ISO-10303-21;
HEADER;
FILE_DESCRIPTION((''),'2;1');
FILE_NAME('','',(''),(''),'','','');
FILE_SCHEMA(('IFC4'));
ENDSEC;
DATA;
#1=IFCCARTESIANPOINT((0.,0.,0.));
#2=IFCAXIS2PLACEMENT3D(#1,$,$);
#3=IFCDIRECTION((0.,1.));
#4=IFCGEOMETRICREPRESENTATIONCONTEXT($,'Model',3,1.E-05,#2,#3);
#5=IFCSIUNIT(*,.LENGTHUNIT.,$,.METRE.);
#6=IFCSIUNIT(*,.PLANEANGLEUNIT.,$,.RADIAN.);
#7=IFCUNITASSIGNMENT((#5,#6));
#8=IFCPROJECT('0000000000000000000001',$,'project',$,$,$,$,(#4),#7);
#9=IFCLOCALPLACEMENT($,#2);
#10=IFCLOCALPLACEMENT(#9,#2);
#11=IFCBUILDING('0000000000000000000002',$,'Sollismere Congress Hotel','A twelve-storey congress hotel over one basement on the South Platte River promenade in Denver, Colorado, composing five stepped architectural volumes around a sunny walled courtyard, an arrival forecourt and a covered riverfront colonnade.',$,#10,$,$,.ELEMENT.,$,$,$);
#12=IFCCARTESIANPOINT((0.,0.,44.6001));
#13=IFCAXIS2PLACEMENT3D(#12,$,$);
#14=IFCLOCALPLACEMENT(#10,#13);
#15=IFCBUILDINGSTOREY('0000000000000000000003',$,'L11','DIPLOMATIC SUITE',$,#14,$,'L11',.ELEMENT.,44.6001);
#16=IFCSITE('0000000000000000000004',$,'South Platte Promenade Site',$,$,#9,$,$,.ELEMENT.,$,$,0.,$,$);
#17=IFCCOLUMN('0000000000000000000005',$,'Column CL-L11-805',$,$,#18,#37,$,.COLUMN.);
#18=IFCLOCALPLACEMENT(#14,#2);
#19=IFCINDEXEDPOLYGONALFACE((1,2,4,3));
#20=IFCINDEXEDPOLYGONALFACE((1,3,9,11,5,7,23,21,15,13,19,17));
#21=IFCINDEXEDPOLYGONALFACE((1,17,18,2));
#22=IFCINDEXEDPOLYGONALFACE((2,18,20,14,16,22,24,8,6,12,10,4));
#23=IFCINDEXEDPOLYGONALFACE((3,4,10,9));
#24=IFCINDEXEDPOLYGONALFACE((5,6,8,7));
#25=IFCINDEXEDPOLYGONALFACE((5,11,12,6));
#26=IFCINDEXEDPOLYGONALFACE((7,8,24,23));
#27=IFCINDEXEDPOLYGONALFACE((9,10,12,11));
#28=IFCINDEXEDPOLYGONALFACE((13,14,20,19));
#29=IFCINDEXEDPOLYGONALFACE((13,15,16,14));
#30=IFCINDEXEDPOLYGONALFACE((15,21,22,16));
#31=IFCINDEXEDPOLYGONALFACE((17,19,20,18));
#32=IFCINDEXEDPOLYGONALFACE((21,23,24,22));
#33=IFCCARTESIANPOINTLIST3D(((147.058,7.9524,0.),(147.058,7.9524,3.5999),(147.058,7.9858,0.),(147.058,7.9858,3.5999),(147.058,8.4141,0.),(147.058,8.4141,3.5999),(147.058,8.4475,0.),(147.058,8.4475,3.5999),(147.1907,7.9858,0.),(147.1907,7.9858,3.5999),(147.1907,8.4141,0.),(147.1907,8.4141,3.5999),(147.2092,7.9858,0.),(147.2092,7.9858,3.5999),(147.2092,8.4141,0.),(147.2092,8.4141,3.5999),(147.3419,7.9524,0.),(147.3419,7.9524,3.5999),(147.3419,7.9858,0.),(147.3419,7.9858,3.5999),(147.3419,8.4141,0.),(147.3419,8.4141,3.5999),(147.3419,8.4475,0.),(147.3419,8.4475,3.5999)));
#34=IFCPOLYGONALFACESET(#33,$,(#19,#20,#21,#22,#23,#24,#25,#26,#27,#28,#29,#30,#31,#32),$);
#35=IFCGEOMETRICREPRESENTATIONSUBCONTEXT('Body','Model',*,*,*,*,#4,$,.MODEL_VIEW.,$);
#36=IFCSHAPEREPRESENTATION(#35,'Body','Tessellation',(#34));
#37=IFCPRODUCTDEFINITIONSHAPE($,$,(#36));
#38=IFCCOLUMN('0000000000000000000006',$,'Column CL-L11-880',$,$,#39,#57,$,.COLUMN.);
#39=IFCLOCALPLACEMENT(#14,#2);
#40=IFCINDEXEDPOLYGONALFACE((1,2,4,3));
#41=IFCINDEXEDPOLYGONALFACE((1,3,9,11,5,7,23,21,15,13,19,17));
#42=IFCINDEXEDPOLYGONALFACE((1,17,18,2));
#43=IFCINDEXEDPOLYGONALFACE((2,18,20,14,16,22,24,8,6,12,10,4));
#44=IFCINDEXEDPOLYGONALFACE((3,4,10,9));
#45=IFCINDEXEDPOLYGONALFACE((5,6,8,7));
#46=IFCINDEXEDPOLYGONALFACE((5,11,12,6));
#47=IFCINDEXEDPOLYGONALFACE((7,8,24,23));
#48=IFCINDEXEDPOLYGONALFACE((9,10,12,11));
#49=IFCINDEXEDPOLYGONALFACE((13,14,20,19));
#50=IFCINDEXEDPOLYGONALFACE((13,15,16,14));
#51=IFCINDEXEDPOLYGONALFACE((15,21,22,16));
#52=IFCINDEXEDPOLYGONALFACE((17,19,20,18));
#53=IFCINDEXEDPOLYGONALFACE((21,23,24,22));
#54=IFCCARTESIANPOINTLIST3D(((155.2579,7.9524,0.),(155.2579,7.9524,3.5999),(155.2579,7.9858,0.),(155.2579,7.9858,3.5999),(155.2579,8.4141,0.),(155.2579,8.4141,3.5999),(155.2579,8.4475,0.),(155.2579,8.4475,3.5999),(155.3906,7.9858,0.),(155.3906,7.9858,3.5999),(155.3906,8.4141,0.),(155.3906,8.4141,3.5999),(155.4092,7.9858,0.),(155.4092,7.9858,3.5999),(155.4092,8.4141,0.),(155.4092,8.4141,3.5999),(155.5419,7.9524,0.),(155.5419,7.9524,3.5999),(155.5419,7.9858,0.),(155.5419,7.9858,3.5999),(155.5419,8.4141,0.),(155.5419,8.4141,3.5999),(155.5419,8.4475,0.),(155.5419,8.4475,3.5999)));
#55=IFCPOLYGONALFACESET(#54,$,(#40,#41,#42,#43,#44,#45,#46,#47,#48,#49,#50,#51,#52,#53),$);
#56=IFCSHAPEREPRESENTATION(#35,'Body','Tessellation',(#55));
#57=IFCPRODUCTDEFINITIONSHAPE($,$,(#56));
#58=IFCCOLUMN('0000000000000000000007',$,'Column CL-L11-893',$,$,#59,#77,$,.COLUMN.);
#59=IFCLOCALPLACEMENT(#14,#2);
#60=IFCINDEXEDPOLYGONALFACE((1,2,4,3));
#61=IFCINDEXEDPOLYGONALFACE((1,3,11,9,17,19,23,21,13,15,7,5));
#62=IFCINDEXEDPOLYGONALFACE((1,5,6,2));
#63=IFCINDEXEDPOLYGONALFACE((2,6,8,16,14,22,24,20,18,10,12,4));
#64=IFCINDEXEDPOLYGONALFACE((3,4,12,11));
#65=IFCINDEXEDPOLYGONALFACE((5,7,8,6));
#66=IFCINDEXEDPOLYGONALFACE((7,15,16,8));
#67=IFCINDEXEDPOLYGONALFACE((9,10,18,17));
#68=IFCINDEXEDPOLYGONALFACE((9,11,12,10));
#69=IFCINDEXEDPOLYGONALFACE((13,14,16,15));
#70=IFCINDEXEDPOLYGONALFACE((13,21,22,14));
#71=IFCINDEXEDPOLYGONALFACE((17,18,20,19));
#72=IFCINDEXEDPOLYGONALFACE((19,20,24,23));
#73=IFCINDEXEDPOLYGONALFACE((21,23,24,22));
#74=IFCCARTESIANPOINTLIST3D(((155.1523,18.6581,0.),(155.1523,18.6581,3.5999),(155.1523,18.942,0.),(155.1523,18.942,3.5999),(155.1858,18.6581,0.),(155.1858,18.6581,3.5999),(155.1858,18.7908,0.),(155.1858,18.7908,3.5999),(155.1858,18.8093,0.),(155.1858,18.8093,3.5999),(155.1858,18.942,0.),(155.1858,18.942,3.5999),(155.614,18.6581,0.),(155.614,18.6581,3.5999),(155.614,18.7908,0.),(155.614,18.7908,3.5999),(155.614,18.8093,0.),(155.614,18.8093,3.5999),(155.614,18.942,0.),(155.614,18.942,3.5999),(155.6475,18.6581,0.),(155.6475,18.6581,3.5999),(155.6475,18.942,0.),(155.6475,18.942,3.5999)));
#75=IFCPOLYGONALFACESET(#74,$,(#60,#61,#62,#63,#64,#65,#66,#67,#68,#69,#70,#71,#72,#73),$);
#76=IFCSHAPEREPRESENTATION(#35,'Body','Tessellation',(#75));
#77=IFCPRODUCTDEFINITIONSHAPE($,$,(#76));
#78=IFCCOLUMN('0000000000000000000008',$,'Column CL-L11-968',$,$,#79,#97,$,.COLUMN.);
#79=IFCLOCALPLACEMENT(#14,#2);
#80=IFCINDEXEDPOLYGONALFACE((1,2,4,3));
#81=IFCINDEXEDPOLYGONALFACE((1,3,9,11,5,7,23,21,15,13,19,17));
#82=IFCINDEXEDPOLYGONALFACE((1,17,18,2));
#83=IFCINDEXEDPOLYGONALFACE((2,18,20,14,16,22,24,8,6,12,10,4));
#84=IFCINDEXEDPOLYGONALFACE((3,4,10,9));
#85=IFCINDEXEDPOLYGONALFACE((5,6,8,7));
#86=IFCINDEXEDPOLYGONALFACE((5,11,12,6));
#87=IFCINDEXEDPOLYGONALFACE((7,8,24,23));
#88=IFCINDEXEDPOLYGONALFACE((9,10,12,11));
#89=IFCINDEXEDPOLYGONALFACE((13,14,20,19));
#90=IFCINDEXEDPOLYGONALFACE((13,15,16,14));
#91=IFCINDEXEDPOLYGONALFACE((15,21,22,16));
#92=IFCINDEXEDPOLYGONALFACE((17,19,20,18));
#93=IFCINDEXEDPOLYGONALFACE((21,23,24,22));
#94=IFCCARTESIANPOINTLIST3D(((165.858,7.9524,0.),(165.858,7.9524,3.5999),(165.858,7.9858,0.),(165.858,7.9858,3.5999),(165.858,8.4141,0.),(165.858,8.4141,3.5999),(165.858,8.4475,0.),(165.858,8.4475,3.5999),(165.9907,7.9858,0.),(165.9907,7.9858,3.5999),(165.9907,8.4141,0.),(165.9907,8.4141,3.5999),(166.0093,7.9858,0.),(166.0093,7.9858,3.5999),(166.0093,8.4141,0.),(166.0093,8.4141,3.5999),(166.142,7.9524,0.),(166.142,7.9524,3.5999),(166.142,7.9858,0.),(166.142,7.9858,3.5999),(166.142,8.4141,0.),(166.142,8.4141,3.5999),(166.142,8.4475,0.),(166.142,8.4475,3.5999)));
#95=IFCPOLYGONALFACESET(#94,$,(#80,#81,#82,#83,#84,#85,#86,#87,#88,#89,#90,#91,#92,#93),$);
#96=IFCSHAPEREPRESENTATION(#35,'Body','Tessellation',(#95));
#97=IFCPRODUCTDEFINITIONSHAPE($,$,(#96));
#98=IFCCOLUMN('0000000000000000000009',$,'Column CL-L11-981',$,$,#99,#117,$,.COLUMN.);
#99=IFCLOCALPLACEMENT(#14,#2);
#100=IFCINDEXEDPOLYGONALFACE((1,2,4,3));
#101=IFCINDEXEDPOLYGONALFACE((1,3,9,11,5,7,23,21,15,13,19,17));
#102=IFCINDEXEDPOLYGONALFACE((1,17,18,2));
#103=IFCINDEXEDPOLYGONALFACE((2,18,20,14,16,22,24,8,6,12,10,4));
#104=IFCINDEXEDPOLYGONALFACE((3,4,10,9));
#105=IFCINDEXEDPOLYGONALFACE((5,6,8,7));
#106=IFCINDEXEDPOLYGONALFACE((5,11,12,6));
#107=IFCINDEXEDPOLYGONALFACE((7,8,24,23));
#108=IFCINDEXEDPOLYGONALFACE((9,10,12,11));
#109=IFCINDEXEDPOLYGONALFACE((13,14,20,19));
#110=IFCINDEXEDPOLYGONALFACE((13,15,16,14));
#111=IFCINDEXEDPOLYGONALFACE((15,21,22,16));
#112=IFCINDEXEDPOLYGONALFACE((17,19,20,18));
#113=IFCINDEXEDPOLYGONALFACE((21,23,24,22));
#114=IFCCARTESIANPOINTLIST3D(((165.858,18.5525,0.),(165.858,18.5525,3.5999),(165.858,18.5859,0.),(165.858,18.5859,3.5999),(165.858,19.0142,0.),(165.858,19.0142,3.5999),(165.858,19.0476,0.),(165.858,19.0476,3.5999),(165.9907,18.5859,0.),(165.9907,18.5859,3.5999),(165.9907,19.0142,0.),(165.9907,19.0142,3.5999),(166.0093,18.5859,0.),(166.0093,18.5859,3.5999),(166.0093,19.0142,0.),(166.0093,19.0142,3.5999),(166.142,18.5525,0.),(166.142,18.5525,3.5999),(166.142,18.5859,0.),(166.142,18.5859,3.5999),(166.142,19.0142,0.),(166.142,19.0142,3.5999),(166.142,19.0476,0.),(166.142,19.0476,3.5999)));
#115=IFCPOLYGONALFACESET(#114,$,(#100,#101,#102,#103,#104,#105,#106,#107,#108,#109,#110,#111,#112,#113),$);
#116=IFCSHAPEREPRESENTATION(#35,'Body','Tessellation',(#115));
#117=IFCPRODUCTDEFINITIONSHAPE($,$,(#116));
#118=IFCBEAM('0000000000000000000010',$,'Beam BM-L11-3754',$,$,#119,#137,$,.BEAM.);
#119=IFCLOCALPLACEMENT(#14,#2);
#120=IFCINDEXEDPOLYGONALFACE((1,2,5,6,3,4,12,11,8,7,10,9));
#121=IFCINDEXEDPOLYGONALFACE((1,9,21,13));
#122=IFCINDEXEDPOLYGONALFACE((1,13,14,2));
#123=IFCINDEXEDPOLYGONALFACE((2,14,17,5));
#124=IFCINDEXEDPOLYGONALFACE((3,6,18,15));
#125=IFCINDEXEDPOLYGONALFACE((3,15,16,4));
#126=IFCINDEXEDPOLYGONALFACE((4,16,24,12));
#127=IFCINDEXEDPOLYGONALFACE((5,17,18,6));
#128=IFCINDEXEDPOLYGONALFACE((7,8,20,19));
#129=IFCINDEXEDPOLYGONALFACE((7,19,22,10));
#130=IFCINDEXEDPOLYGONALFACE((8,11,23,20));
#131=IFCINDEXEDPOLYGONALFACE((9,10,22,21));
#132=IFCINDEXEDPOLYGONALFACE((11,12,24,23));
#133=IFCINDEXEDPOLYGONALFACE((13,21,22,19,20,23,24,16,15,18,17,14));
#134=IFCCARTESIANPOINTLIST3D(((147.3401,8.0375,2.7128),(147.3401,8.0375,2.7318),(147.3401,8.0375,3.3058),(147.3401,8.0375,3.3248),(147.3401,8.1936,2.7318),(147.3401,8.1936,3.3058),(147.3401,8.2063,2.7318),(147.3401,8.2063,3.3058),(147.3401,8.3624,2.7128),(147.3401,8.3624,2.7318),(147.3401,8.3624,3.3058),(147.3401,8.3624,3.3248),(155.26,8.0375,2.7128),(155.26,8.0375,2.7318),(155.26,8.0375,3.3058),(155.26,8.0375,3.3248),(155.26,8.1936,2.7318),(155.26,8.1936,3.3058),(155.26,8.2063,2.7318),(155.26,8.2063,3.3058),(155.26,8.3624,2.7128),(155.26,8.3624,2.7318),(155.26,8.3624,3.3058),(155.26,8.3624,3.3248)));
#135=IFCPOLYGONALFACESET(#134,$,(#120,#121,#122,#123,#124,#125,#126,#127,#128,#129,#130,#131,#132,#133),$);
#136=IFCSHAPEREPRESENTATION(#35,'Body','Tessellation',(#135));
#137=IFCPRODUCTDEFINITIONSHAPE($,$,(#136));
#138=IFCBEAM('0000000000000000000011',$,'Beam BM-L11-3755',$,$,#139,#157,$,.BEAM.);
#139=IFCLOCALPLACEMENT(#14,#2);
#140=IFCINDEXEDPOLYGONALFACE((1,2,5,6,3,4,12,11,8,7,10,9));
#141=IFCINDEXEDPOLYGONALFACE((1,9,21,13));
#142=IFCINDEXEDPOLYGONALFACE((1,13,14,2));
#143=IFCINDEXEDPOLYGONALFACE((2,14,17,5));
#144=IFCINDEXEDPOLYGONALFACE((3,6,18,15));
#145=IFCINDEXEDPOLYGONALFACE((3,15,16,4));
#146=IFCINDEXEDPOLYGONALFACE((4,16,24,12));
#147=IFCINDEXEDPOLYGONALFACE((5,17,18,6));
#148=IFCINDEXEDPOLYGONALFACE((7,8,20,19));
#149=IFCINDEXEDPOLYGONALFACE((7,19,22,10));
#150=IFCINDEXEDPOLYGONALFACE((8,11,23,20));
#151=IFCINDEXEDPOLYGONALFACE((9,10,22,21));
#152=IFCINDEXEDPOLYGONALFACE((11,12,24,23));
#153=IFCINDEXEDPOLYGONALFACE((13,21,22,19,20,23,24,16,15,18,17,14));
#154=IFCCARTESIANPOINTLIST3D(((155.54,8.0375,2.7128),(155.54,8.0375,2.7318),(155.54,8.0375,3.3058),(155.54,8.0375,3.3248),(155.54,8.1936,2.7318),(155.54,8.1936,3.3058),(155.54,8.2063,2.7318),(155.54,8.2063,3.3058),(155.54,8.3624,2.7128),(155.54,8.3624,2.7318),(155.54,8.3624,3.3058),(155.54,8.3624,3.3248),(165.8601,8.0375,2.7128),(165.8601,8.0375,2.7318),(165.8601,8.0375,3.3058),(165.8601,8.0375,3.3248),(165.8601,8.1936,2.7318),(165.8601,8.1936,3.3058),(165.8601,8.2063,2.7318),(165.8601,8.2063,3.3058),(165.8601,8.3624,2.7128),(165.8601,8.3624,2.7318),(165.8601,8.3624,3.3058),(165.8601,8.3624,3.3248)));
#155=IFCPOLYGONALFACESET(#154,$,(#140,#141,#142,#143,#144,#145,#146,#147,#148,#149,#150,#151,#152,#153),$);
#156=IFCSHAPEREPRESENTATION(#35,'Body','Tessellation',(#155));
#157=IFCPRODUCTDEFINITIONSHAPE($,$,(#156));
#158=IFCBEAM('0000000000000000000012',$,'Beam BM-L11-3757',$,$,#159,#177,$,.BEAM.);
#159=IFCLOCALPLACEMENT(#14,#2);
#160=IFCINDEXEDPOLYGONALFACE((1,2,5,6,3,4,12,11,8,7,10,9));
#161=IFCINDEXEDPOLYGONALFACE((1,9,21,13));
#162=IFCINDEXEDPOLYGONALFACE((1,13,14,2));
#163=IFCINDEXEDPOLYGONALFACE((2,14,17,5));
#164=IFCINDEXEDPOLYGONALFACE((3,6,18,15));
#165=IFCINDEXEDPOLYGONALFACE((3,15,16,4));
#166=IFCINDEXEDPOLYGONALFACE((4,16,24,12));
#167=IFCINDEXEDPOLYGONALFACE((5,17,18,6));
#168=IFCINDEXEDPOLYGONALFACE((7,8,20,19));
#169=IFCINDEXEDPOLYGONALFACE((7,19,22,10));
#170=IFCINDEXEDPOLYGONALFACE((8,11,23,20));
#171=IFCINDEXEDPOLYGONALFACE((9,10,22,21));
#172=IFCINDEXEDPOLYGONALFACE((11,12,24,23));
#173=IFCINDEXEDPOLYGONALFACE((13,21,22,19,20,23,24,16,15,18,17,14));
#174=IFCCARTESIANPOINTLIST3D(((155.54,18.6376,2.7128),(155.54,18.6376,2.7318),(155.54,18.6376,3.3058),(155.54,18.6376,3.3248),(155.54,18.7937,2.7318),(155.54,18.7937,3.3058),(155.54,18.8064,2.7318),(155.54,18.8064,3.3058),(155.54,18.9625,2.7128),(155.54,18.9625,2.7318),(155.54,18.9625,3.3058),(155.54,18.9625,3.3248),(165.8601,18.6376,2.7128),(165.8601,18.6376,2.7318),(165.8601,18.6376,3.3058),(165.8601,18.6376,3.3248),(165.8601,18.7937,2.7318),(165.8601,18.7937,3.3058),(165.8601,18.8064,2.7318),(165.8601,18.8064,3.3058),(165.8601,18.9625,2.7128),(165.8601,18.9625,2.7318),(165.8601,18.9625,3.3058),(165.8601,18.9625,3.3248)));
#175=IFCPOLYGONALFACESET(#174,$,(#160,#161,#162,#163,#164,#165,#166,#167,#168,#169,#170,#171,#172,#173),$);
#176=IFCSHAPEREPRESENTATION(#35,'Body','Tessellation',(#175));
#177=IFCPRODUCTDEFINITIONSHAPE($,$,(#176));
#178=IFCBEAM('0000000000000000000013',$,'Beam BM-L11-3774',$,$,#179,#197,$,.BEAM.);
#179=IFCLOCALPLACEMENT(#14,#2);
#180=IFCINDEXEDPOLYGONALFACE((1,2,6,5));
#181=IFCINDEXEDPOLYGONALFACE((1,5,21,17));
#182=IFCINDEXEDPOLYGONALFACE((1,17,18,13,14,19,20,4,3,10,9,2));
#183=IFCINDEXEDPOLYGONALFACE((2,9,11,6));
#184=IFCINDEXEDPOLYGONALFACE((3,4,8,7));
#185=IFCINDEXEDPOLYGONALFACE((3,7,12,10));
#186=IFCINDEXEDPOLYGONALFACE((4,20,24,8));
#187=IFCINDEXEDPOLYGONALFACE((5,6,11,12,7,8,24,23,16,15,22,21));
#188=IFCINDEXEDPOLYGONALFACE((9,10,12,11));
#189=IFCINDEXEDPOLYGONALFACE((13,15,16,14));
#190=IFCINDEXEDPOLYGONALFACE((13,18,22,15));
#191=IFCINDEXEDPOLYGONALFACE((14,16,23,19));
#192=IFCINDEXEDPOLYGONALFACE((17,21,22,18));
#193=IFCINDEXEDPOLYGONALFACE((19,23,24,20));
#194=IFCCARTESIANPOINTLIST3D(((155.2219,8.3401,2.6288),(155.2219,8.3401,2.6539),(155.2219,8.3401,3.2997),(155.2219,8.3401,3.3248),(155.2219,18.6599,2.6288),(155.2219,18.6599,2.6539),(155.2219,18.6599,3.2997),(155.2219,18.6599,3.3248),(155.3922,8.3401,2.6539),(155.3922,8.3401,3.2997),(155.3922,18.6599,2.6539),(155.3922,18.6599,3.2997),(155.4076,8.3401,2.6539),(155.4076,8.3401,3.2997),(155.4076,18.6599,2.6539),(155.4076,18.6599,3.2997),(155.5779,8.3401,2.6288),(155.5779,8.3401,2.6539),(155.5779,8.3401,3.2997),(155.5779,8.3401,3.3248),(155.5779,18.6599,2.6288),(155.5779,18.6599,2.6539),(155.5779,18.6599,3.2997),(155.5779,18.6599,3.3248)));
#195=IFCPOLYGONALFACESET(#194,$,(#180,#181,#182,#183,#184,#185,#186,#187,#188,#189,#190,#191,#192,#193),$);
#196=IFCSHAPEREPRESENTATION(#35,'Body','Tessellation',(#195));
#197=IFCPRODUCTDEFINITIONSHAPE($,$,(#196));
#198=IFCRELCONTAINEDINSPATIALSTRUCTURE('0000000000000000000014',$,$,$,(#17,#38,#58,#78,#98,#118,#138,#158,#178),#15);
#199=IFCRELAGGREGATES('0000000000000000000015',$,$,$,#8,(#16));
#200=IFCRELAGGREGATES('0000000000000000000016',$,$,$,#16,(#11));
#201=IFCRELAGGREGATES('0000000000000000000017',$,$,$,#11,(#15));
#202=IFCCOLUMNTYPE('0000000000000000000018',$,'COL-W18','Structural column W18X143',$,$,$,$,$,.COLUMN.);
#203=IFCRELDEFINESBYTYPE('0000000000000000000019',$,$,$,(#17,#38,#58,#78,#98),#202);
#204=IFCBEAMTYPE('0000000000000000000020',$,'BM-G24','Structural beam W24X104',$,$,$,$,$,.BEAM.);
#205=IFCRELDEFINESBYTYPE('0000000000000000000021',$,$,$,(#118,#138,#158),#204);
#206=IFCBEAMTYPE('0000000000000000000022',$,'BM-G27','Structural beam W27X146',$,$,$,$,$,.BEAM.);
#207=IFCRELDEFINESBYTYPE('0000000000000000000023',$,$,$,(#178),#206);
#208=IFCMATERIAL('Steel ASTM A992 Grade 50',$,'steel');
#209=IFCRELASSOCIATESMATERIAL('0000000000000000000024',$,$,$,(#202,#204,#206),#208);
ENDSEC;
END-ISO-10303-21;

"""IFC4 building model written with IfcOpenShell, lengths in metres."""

from ifc_helpers import new_model, si_unit, direction, frame, origin, origin_2d, place, context, subcontext, project, spatial, i_section, extrude, material, material_profile, profile_set, type_object, element, save


model = new_model("IFC4")

# Units and contexts
model_context = context("Model", 3, precision=1e-05, world=origin(), true_north=direction((0.0, 1.0)))
body_context = subcontext(model_context, "Body", "Model", "MODEL_VIEW")
ifc_project = project(units=[si_unit("LENGTHUNIT", "METRE"), si_unit("PLANEANGLEUNIT", "RADIAN")], contexts=[model_context])

# Site, building, storey
site_placement = place(None, origin())
site = spatial("IfcSite", under=ifc_project, at=site_placement, Name="South Platte Promenade Site", CompositionType="ELEMENT", RefElevation=0.0)
building_placement = place(site_placement, origin())
building = spatial("IfcBuilding", under=site, at=building_placement, Name="Sollismere Congress Hotel", Description="A twelve-storey congress hotel over one basement on the South Platte River promenade in Denver, Colorado, composing five stepped architectural volumes around a sunny walled courtyard, an arrival forecourt and a covered riverfront colonnade.", CompositionType="ELEMENT")
storey_placement = place(building_placement, frame((0.0, 0.0, 44.6001)))
storey = spatial("IfcBuildingStorey", under=building, at=storey_placement, Name="L11", Description="DIPLOMATIC SUITE", LongName="L11", CompositionType="ELEMENT", Elevation=44.6001)

# Columns
ifc_material_1 = material(Name="Steel ASTM A992 Grade 50", Category="steel")
ifc_material_profile_1 = material_profile(ifc_material_1, i_section(OverallWidth=0.2839, OverallDepth=0.4951, WebThickness=0.0186, FlangeThickness=0.0334, at=origin_2d()), Name="W18X143")
ifc_profile_set_1 = profile_set([ifc_material_profile_1], Name="Steel ASTM A992 Grade 50")
column_type = type_object("IfcColumnType", Name="COL-W18", Description="Structural column W18X143", PredefinedType="COLUMN", material=ifc_profile_set_1)
for number, where, z_axis, x_axis, name in (
    (1, (147.2, 8.2, 0.0), (0.0, 0.0, 1.0), (1.0, 0.0, 0.0), "Column CL-L11-805"),
    (2, (155.3999, 8.2, 0.0), (0.0, 0.0, 1.0), (1.0, 0.0, 0.0), "Column CL-L11-880"),
    (3, (155.3999, 18.8, 0.0), (0.0, 0.0, 1.0), (0.0, 1.0, 0.0), "Column CL-L11-893"),
    (4, (166.0, 8.2, 0.0), (0.0, 0.0, 1.0), (1.0, 0.0, 0.0), "Column CL-L11-968"),
    (5, (166.0, 18.8, 0.0), (0.0, 0.0, 1.0), (1.0, 0.0, 0.0), "Column CL-L11-981"),
):
    element("IfcColumn", number, at=place(storey_placement, frame(where, z_axis=z_axis, x_axis=x_axis)), inside=storey, type_object=column_type, Name=name, PredefinedType="COLUMN", context=body_context, shape_type="SweptSolid", body=[
        extrude(i_section(OverallWidth=0.2839, OverallDepth=0.4951, WebThickness=0.0186, FlangeThickness=0.0334, at=origin_2d()), origin(), (0.0, 0.0, 1.0), 3.5999),
    ])

# Beams
ifc_material_profile_2 = material_profile(ifc_material_1, i_section(OverallWidth=0.325, OverallDepth=0.6121, WebThickness=0.0127, FlangeThickness=0.019, at=origin_2d()), Name="W24X104")
ifc_profile_set_2 = profile_set([ifc_material_profile_2], Name="Steel ASTM A992 Grade 50")
beam_type_1 = type_object("IfcBeamType", Name="BM-G24", Description="Structural beam W24X104", PredefinedType="BEAM", material=ifc_profile_set_2)
beam_1_placement = place(storey_placement, frame((147.3401, 8.2, 3.0188), z_axis=(1.0, 0.0, 0.0), x_axis=(0.0, 1.0, 0.0)))
element("IfcBeam", 6, at=beam_1_placement, inside=storey, type_object=beam_type_1, Name="Beam BM-L11-3754", PredefinedType="BEAM", context=body_context, shape_type="SweptSolid", body=[
    extrude(i_section(OverallWidth=0.325, OverallDepth=0.6121, WebThickness=0.0127, FlangeThickness=0.019, at=origin_2d()), origin(), (0.0, 0.0, 1.0), 7.9199),
])
for number, where, z_axis, x_axis, name in (
    (7, (155.54, 8.2, 3.0188), (1.0, 0.0, 0.0), (0.0, 1.0, 0.0), "Beam BM-L11-3755"),
    (8, (155.54, 18.8, 3.0188), (1.0, 0.0, 0.0), (0.0, 1.0, 0.0), "Beam BM-L11-3757"),
):
    element("IfcBeam", number, at=place(storey_placement, frame(where, z_axis=z_axis, x_axis=x_axis)), inside=storey, type_object=beam_type_1, Name=name, PredefinedType="BEAM", context=body_context, shape_type="SweptSolid", body=[
        extrude(i_section(OverallWidth=0.325, OverallDepth=0.6121, WebThickness=0.0127, FlangeThickness=0.019, at=origin_2d()), origin(), (0.0, 0.0, 1.0), 10.3201),
    ])
ifc_material_profile_3 = material_profile(ifc_material_1, i_section(OverallWidth=0.356, OverallDepth=0.696, WebThickness=0.0154, FlangeThickness=0.0251, at=origin_2d()), Name="W27X146")
ifc_profile_set_3 = profile_set([ifc_material_profile_3], Name="Steel ASTM A992 Grade 50")
beam_type_2 = type_object("IfcBeamType", Name="BM-G27", Description="Structural beam W27X146", PredefinedType="BEAM", material=ifc_profile_set_3)
beam_2_placement = place(storey_placement, frame((155.3999, 8.3401, 2.9768), z_axis=(0.0, 1.0, 0.0), x_axis=(-1.0, 0.0, 0.0)))
element("IfcBeam", 9, at=beam_2_placement, inside=storey, type_object=beam_type_2, Name="Beam BM-L11-3774", PredefinedType="BEAM", context=body_context, shape_type="SweptSolid", body=[
    extrude(i_section(OverallWidth=0.356, OverallDepth=0.696, WebThickness=0.0154, FlangeThickness=0.0251, at=origin_2d()), origin(), (0.0, 0.0, 1.0), 10.3198),
])

save(model, "model.ifc")
